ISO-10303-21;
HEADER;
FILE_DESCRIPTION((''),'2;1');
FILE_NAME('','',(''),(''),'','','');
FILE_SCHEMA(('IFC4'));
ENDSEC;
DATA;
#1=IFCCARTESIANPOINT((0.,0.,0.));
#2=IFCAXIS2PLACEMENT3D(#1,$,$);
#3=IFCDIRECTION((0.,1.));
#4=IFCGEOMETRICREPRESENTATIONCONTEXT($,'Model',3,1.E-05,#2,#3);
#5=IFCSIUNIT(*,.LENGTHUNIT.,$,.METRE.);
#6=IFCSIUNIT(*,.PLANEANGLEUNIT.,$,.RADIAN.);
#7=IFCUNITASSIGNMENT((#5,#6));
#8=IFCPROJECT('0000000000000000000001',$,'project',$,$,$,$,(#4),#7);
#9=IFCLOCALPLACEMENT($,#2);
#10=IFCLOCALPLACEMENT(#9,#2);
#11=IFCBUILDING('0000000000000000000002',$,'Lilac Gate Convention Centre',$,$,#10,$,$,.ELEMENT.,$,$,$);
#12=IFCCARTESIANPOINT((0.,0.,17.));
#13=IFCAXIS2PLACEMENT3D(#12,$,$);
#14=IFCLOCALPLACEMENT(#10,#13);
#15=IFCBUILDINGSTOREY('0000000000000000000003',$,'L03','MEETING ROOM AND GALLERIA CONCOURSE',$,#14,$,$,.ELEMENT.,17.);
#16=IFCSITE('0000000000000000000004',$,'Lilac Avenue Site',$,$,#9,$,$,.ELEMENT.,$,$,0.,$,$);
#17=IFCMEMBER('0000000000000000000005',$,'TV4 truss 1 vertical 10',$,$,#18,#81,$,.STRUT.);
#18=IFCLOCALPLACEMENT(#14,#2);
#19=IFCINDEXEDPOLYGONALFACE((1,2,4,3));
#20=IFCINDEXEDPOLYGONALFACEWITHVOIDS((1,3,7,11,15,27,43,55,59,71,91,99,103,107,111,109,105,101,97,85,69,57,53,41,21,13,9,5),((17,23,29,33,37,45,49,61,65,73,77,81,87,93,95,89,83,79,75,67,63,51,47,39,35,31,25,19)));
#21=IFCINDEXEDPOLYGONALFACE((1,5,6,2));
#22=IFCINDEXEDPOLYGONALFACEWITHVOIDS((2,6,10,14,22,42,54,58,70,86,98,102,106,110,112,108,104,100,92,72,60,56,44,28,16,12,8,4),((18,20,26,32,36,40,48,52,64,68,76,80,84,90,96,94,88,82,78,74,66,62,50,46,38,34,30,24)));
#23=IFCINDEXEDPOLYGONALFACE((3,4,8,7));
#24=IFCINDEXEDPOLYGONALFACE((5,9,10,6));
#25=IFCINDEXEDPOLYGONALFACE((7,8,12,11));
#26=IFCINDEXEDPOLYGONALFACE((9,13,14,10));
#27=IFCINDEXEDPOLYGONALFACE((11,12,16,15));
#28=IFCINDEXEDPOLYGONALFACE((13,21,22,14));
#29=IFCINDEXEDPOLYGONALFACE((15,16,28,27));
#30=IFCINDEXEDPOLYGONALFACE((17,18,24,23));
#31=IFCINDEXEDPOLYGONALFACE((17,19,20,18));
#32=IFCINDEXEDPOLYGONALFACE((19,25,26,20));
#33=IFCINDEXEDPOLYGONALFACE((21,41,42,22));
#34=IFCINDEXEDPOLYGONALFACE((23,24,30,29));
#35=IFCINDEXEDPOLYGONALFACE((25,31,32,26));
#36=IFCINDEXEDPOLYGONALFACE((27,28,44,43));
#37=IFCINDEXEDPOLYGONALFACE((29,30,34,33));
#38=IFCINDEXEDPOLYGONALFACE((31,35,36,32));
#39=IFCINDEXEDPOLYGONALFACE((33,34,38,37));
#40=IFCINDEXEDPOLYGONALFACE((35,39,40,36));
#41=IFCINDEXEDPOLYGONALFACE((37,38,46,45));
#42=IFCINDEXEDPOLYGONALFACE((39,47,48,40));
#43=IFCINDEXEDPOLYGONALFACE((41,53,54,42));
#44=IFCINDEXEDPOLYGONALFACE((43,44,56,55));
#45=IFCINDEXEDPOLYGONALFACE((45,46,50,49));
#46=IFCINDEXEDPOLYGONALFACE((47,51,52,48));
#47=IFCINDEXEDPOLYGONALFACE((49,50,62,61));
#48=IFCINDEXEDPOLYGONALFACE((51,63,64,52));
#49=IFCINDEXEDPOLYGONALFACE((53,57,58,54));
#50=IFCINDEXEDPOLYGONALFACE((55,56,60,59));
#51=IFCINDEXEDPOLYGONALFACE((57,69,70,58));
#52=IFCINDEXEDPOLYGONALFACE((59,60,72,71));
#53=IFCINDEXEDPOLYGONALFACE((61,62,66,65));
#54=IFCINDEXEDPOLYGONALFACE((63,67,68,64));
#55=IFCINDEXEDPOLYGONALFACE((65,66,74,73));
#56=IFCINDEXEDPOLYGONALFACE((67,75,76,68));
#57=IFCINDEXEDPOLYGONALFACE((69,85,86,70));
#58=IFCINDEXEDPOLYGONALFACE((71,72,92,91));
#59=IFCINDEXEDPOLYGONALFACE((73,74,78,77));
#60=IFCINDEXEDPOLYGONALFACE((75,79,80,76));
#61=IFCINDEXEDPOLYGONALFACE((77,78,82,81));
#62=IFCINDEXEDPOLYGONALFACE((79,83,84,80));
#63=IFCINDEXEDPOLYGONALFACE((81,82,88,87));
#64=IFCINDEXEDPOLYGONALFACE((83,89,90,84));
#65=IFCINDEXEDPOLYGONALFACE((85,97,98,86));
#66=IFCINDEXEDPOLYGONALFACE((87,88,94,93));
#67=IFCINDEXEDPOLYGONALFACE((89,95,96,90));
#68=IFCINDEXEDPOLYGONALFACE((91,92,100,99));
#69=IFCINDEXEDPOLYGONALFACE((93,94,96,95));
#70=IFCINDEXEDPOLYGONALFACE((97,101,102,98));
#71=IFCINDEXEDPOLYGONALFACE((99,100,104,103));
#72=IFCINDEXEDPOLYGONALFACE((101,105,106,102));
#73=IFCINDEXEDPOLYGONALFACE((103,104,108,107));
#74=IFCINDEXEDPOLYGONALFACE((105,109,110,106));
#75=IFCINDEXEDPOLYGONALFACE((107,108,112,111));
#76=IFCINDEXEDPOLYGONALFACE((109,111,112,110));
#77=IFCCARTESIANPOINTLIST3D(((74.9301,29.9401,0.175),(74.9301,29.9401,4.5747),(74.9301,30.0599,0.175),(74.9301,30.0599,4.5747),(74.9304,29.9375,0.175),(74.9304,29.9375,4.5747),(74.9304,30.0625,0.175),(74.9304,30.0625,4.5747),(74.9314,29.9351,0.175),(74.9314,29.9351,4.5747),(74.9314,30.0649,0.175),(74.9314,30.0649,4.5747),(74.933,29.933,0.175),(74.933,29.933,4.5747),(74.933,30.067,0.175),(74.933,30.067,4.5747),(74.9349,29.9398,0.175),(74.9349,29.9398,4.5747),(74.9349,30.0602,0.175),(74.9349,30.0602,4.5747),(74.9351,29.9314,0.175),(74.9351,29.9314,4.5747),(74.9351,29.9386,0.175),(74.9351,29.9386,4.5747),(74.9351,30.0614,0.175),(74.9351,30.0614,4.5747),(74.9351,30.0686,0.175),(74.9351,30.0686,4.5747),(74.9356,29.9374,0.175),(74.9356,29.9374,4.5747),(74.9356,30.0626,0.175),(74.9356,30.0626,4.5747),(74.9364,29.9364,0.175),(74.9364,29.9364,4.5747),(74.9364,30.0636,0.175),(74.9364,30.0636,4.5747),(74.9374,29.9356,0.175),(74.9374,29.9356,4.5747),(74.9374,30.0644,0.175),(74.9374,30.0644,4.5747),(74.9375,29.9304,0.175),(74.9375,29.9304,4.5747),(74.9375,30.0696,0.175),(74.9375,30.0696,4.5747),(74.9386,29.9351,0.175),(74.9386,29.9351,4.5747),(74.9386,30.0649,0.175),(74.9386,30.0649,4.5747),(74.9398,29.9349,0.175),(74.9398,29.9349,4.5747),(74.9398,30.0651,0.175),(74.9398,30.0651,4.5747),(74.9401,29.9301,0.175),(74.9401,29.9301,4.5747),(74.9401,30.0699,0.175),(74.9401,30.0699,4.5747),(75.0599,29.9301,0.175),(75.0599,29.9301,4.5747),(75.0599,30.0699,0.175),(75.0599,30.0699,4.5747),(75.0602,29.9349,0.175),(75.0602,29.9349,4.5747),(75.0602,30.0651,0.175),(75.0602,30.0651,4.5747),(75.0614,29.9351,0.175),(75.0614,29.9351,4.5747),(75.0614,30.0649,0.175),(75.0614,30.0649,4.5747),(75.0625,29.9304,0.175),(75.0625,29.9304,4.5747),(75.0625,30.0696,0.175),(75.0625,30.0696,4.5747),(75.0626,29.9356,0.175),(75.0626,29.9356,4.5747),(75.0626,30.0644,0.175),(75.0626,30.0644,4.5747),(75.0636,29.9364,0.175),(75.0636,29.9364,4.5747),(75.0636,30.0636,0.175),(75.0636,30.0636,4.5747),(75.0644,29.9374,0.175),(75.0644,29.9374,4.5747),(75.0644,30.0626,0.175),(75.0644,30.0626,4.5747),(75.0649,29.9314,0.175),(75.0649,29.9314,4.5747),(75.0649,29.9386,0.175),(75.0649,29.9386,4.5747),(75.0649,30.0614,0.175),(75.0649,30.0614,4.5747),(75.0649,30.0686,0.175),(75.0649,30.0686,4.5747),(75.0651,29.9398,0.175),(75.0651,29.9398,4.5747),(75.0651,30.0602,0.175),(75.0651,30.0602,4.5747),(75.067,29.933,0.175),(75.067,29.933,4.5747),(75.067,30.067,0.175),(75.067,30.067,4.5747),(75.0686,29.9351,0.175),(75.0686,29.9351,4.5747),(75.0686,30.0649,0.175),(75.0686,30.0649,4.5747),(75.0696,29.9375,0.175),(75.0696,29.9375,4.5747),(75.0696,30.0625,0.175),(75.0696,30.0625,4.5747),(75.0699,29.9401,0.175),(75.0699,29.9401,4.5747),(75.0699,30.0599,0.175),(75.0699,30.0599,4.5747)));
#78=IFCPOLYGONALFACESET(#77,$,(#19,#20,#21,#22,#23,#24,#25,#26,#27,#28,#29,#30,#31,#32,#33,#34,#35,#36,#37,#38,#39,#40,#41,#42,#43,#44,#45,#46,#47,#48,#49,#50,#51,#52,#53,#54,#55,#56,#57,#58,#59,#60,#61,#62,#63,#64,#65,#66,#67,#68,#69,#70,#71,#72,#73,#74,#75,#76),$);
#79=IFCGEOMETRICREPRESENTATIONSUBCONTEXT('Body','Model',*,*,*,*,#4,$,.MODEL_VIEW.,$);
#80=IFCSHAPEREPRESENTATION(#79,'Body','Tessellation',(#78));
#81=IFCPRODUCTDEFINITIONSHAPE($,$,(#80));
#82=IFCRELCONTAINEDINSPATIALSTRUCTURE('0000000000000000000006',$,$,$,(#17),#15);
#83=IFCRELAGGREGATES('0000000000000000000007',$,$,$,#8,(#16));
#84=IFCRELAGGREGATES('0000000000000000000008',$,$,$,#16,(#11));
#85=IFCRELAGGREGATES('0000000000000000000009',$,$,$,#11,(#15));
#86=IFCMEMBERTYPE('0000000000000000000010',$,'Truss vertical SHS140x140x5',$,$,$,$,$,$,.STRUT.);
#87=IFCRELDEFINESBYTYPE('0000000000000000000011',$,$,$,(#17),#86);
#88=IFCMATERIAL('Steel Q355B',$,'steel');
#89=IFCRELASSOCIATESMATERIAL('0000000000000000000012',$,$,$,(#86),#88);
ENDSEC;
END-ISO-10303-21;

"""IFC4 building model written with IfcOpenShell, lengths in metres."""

from ifc_helpers import new_model, si_unit, direction, frame, origin, origin_2d, place, context, subcontext, project, spatial, hollow_rectangle, extrude, material, material_profile, profile_set, type_object, element, save


model = new_model("IFC4")

# Units and contexts
model_context = context("Model", 3, precision=1e-05, world=origin(), true_north=direction((0.0, 1.0)))
body_context = subcontext(model_context, "Body", "Model", "MODEL_VIEW")
ifc_project = project(units=[si_unit("LENGTHUNIT", "METRE"), si_unit("PLANEANGLEUNIT", "RADIAN")], contexts=[model_context])

# Site, building, storey
site_placement = place(None, origin())
site = spatial("IfcSite", under=ifc_project, at=site_placement, Name="Lilac Avenue Site", CompositionType="ELEMENT", RefElevation=0.0)
building_placement = place(site_placement, origin())
building = spatial("IfcBuilding", under=site, at=building_placement, Name="Lilac Gate Convention Centre", CompositionType="ELEMENT")
storey_placement = place(building_placement, frame((0.0, 0.0, 17.0)))
storey = spatial("IfcBuildingStorey", under=building, at=storey_placement, Name="L03", Description="MEETING ROOM AND GALLERIA CONCOURSE", CompositionType="ELEMENT", Elevation=17.0)

# Member
ifc_material = material(Name="Steel Q355B", Category="steel")
ifc_material_profile_1 = material_profile(ifc_material, hollow_rectangle(XDim=0.1399, YDim=0.1399, WallThickness=0.0049, InnerFilletRadius=0.0049, OuterFilletRadius=0.01, at=origin_2d()), Name="SHS140x140x5")
ifc_profile_set_1 = profile_set([ifc_material_profile_1], Name="Steel Q355B")
member_type_1 = type_object("IfcMemberType", Name="Truss vertical SHS140x140x5", PredefinedType="STRUT", material=ifc_profile_set_1)
member_1_placement = place(storey_placement, frame((75.0, 30.0, 0.175), z_axis=(0.0, 0.0, 1.0), x_axis=(1.0, 0.0, 0.0)))
element("IfcMember", 1, at=member_1_placement, inside=storey, type_object=member_type_1, Name="TV4 truss 1 vertical 10", PredefinedType="STRUT", context=body_context, shape_type="SweptSolid", body=[
    extrude(hollow_rectangle(XDim=0.1399, YDim=0.1399, WallThickness=0.0049, InnerFilletRadius=0.0049, OuterFilletRadius=0.01, at=origin_2d()), origin(), (0.0, 0.0, 1.0), 4.3997),
])

save(model, "model.ifc")
